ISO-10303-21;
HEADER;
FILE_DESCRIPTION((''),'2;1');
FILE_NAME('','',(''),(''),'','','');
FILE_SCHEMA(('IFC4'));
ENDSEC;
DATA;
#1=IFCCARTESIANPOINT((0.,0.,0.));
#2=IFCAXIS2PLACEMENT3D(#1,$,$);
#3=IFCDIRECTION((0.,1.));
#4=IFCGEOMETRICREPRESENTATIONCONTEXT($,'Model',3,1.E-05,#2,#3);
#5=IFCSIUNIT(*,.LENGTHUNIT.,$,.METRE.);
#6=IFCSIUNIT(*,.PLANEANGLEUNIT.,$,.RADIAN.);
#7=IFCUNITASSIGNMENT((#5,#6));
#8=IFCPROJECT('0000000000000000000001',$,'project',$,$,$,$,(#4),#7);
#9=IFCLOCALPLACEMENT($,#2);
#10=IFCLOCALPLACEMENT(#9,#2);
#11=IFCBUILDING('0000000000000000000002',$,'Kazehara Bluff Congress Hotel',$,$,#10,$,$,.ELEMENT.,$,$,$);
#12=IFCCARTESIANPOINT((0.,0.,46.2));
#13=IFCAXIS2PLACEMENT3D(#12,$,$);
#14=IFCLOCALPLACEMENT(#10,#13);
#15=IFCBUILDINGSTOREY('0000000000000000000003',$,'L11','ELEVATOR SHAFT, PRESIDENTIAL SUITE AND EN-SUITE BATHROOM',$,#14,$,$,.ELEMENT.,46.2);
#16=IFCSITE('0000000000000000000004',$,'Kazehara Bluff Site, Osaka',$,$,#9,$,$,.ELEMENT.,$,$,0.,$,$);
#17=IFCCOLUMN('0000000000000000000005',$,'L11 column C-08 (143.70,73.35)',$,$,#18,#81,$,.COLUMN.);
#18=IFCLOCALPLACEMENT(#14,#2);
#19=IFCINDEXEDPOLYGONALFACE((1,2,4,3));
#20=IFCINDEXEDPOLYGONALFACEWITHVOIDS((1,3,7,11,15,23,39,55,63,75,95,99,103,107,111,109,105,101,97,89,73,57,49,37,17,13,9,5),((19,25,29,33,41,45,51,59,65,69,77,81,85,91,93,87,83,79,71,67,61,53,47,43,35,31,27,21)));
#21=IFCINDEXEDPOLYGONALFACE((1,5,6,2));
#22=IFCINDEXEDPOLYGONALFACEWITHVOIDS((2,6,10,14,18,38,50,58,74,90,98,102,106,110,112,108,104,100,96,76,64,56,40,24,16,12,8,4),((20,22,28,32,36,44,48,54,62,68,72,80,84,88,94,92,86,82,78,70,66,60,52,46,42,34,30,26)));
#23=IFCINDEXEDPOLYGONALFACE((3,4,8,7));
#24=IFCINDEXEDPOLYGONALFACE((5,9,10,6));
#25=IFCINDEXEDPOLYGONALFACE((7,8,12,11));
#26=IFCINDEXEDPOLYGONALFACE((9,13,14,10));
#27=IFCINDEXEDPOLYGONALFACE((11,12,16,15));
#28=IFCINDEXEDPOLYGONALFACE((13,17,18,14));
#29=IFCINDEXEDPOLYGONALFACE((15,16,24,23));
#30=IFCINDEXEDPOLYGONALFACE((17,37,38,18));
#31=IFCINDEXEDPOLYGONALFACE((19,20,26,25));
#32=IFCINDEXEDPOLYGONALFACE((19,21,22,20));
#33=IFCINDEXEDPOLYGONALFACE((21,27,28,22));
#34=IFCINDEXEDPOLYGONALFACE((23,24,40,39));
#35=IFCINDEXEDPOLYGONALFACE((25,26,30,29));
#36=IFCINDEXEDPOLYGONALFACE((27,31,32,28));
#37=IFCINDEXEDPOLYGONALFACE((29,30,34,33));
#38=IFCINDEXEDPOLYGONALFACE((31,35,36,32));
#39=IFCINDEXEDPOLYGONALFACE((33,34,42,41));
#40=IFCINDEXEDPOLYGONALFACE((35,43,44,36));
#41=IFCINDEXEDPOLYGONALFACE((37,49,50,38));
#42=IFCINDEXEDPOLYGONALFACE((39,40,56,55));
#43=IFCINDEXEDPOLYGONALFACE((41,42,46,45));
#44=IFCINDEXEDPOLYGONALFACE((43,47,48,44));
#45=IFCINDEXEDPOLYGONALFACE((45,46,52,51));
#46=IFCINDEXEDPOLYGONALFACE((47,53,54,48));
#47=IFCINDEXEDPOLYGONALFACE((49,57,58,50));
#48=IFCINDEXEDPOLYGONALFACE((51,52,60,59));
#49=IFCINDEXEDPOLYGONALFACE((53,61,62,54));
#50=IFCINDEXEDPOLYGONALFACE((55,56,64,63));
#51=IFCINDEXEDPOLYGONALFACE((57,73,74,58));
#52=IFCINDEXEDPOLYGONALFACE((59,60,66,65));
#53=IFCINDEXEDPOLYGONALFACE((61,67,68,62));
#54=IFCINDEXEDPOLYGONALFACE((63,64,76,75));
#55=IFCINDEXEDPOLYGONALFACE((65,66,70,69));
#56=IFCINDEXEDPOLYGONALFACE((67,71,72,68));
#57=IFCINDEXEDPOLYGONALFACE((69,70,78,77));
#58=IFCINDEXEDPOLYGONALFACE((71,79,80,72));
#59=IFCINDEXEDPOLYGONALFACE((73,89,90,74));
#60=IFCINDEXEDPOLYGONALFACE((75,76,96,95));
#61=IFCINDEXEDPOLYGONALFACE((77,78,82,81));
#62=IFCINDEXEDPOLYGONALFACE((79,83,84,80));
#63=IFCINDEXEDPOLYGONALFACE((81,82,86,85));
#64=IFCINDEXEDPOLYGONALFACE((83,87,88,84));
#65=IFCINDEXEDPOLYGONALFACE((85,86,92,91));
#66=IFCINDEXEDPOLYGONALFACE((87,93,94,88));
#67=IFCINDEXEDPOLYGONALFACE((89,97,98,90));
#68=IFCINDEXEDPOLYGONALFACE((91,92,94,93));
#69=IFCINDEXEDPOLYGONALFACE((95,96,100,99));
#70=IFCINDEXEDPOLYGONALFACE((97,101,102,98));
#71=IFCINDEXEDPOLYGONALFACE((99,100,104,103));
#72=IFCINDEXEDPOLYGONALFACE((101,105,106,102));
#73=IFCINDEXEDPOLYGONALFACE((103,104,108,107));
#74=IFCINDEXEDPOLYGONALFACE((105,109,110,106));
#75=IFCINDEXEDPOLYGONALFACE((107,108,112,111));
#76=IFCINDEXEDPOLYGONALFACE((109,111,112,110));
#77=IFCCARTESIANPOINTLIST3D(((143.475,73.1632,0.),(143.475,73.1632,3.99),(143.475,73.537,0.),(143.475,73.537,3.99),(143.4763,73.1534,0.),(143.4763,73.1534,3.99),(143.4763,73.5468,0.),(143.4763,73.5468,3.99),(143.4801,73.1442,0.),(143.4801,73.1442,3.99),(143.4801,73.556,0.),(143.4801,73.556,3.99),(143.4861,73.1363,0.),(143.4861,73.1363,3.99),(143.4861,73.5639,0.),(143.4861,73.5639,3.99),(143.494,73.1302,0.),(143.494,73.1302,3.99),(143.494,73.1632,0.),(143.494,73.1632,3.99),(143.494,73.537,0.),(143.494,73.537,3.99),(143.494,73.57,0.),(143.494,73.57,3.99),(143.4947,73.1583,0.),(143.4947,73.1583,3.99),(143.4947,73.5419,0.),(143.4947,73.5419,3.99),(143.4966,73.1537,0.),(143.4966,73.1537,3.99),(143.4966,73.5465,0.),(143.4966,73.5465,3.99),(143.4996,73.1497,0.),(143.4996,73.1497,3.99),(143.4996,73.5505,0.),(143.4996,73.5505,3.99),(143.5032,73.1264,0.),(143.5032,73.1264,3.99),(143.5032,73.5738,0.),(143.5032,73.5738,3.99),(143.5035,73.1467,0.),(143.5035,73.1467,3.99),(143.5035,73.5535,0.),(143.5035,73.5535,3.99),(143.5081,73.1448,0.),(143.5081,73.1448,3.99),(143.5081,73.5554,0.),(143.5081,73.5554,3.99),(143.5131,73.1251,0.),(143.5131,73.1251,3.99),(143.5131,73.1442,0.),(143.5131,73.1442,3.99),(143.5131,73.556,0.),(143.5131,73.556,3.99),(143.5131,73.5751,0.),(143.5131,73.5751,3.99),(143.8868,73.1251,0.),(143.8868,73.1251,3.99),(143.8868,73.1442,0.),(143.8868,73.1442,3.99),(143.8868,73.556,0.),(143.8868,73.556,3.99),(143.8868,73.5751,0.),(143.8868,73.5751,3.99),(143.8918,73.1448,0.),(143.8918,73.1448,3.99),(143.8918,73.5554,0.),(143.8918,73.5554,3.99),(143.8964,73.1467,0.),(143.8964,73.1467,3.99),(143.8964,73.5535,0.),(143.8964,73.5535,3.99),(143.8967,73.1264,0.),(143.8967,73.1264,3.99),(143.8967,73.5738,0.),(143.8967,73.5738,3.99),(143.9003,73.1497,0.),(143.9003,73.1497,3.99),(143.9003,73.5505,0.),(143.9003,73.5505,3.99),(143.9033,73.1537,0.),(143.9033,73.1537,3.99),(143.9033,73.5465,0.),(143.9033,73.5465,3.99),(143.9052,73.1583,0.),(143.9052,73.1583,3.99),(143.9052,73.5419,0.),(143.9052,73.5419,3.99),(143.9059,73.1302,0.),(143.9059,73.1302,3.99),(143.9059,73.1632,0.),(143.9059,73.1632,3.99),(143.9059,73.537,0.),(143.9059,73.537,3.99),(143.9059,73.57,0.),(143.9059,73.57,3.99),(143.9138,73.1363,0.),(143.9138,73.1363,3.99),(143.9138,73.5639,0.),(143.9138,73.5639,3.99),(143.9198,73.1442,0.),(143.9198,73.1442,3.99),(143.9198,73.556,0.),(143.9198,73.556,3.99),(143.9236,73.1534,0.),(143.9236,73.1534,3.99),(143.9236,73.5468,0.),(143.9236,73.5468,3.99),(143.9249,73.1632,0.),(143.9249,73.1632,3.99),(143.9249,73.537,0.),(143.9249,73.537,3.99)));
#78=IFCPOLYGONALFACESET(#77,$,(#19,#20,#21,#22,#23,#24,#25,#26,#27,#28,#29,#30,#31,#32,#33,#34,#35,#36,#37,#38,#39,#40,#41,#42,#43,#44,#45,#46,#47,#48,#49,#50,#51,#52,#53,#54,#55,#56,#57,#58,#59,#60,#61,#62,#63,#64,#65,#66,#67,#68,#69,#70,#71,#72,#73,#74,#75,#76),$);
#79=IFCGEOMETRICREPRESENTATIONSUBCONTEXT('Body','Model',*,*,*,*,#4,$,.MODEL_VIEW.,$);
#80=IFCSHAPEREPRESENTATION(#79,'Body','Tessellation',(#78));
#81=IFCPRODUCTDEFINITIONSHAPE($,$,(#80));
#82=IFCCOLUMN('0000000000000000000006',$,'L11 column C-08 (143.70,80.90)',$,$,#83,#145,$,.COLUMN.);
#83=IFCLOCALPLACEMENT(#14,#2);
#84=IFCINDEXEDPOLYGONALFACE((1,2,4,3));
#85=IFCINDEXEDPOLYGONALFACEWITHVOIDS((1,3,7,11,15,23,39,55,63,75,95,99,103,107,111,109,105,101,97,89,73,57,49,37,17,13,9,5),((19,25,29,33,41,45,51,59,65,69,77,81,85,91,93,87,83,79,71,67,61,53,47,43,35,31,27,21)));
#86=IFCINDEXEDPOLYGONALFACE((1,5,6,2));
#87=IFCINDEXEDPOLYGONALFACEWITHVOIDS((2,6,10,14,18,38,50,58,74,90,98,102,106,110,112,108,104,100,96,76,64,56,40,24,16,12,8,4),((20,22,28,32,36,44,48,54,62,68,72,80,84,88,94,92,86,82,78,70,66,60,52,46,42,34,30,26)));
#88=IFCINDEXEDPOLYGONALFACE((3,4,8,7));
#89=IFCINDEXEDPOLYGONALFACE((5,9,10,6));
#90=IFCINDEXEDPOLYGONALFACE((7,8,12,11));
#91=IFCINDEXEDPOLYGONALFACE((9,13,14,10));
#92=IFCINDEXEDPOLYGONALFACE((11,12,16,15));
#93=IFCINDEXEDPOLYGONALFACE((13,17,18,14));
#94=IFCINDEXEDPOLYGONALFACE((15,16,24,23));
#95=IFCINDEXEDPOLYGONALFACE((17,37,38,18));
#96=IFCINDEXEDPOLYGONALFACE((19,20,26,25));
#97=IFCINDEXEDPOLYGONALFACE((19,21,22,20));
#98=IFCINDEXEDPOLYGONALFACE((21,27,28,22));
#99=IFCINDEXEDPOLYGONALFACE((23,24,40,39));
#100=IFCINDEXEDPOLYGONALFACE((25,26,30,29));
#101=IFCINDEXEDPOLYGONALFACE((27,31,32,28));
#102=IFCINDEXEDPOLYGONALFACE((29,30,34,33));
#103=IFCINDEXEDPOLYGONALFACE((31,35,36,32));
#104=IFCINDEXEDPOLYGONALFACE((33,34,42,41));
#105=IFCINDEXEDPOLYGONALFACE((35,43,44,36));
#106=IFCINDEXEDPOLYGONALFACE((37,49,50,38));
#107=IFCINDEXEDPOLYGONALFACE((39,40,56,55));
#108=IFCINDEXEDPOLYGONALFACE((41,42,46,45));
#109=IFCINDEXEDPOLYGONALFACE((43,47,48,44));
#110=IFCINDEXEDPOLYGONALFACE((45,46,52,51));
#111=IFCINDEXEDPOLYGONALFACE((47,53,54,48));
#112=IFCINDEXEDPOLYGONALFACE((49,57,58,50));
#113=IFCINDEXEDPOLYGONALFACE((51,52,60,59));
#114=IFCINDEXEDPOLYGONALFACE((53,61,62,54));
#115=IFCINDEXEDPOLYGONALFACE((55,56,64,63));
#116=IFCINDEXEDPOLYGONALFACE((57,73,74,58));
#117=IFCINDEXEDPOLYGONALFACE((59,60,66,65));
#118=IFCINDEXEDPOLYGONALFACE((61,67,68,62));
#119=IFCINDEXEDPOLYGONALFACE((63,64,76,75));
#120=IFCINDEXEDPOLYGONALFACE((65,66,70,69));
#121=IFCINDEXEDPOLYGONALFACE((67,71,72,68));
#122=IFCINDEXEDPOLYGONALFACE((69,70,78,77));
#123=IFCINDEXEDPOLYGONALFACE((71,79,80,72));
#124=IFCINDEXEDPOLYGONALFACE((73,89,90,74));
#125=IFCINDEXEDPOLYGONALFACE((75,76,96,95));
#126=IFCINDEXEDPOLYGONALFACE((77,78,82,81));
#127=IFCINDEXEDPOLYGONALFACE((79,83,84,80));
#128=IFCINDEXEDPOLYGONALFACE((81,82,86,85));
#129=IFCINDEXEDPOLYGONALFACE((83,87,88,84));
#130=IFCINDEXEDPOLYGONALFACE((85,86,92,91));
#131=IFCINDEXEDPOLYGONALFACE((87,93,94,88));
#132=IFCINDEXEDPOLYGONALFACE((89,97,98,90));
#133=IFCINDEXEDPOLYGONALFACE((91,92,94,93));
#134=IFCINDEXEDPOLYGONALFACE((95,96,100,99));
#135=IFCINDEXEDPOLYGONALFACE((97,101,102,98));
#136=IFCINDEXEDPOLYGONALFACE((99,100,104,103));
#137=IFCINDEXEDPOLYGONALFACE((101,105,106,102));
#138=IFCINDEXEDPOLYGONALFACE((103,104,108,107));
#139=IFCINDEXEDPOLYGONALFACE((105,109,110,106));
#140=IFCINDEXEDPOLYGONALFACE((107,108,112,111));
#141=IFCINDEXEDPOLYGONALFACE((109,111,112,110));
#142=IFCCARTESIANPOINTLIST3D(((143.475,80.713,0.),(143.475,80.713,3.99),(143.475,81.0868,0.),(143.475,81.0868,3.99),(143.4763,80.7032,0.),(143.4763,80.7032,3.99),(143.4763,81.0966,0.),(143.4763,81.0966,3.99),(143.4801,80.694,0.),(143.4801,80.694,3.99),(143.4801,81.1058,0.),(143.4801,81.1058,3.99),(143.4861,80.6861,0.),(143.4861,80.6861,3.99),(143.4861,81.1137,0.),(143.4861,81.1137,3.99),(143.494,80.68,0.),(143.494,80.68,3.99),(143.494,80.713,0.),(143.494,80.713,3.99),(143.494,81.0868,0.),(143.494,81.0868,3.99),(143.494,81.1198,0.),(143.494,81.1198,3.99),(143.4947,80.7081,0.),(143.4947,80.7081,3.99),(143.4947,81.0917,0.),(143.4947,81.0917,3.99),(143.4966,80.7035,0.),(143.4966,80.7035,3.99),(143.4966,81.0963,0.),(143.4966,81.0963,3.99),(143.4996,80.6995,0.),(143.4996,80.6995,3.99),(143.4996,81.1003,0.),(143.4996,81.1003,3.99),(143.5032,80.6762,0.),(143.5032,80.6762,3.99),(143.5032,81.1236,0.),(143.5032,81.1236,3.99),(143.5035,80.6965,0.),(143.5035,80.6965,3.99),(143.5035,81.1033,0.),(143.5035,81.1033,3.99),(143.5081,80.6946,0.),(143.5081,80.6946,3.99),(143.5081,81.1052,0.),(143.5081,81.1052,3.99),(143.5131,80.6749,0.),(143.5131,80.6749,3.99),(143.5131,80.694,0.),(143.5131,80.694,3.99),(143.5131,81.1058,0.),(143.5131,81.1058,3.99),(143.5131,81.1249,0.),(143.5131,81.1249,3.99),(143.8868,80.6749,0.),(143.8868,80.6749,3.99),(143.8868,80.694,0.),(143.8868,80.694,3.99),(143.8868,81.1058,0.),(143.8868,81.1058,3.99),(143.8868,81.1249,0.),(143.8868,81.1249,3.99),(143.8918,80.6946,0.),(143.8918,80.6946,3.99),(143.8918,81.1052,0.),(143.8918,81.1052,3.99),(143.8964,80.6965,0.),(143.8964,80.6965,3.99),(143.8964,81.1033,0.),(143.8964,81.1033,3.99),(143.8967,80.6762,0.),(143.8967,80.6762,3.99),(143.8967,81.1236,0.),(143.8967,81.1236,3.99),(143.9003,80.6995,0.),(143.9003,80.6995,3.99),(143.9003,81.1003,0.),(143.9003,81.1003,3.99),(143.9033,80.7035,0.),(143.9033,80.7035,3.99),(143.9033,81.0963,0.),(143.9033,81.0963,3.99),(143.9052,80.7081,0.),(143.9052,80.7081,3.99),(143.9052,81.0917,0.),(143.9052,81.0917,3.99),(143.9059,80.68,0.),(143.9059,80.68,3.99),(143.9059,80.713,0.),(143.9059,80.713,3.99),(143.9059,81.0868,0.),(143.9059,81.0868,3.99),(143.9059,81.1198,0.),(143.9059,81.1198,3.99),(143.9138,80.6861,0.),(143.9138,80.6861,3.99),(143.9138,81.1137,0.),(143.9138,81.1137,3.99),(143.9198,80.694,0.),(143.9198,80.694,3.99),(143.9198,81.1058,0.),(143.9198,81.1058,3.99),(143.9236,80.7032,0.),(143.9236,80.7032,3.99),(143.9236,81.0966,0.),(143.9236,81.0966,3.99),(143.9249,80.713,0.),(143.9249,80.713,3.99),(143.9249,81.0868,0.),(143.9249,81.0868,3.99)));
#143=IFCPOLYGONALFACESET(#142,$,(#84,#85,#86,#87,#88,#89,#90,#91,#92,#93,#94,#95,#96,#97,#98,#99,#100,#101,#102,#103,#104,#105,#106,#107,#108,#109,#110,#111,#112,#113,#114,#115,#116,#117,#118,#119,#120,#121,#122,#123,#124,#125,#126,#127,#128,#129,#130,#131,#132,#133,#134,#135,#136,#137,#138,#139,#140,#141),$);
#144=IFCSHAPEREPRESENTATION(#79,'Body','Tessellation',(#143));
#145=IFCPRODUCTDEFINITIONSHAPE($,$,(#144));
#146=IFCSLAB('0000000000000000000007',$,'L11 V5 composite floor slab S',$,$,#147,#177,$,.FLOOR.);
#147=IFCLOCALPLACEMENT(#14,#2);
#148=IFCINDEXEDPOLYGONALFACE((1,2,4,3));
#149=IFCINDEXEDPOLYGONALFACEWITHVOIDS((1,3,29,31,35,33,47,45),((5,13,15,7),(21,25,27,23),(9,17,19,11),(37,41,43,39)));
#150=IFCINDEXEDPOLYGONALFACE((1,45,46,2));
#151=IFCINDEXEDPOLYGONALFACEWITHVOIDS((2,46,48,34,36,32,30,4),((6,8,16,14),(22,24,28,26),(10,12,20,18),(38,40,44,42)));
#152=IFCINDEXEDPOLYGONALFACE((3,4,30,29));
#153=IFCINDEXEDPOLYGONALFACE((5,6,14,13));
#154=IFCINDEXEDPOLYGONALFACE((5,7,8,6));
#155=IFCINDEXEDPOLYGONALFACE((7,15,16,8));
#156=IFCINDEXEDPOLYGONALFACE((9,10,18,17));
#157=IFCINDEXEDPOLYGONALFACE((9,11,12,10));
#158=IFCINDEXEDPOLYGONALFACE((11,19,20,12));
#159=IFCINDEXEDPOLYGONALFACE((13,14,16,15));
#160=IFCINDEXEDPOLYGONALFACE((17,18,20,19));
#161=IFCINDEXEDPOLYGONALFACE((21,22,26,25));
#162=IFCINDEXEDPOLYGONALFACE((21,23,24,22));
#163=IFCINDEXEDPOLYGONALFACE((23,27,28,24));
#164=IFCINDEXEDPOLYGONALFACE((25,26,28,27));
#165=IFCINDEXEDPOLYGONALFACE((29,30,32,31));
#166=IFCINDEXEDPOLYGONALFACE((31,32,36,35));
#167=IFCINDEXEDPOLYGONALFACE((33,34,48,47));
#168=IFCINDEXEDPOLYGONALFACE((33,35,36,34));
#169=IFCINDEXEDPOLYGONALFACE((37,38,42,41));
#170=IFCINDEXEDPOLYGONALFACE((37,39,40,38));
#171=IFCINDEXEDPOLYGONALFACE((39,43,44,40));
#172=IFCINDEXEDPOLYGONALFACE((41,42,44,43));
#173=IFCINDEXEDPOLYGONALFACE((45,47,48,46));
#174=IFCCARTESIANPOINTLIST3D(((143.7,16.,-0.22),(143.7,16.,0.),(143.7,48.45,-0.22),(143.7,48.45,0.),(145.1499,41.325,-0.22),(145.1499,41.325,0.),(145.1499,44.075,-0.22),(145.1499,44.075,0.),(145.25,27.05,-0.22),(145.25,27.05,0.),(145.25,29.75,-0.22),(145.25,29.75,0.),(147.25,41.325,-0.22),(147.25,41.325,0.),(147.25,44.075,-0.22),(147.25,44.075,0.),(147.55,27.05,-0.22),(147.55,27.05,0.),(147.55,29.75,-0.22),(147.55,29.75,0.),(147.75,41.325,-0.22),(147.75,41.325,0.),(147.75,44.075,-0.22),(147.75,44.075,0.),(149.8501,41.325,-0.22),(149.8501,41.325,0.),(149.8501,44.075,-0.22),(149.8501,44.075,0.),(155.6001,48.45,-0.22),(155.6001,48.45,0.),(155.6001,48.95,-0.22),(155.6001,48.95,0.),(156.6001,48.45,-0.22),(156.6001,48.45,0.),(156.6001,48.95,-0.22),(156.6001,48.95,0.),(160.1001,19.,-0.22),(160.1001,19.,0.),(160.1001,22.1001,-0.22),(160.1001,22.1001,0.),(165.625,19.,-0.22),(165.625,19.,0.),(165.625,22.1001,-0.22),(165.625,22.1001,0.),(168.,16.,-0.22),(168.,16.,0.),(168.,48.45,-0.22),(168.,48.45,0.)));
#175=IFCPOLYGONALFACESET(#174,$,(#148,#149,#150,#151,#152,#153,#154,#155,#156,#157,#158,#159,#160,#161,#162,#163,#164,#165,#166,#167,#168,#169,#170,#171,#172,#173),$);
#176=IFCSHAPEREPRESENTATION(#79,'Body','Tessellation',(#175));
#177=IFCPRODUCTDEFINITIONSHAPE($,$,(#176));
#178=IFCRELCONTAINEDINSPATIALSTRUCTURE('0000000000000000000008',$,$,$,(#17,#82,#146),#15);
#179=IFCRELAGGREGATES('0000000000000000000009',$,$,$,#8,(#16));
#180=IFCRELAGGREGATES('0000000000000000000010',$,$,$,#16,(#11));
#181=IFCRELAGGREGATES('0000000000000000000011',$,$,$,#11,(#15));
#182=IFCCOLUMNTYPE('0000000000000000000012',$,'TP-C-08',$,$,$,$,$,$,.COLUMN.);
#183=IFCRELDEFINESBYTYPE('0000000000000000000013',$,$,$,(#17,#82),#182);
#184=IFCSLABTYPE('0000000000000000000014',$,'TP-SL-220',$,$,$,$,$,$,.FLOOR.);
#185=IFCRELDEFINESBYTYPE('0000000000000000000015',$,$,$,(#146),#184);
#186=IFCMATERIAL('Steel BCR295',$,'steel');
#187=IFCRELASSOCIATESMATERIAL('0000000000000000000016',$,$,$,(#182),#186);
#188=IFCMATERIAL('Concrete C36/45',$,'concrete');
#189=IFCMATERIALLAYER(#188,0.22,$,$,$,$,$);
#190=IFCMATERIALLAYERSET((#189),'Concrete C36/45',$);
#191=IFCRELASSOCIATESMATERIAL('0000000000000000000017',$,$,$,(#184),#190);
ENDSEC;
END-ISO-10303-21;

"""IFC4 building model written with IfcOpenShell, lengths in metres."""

from ifc_helpers import new_model, si_unit, direction, frame, origin, origin_2d, place, context, subcontext, project, spatial, polyline, hollow_rectangle, outline, extrude, material, layer, layer_set, material_profile, profile_set, type_object, element, save


model = new_model("IFC4")

# Units and contexts
model_context = context("Model", 3, precision=1e-05, world=origin(), true_north=direction((0.0, 1.0)))
body_context = subcontext(model_context, "Body", "Model", "MODEL_VIEW")
ifc_project = project(units=[si_unit("LENGTHUNIT", "METRE"), si_unit("PLANEANGLEUNIT", "RADIAN")], contexts=[model_context])

# Site, building, storey
site_placement = place(None, origin())
site = spatial("IfcSite", under=ifc_project, at=site_placement, Name="Kazehara Bluff Site, Osaka", CompositionType="ELEMENT", RefElevation=0.0)
building_placement = place(site_placement, origin())
building = spatial("IfcBuilding", under=site, at=building_placement, Name="Kazehara Bluff Congress Hotel", CompositionType="ELEMENT")
storey_placement = place(building_placement, frame((0.0, 0.0, 46.2)))
storey = spatial("IfcBuildingStorey", under=building, at=storey_placement, Name="L11", Description="ELEVATOR SHAFT, PRESIDENTIAL SUITE AND EN-SUITE BATHROOM", CompositionType="ELEMENT", Elevation=46.2)

# Columns
ifc_material_1 = material(Name="Steel BCR295", Category="steel")
ifc_material_profile = material_profile(ifc_material_1, hollow_rectangle(XDim=0.45, YDim=0.45, WallThickness=0.019, InnerFilletRadius=0.019, OuterFilletRadius=0.0381, at=origin_2d()))
ifc_profile_set = profile_set([ifc_material_profile], Name="Steel BCR295")
column_type = type_object("IfcColumnType", Name="TP-C-08", PredefinedType="COLUMN", material=ifc_profile_set)
for number, where, z_axis, x_axis, name in (
    (1, (143.7, 73.3501, 0.0), (0.0, 0.0, 1.0), (1.0, 0.0, 0.0), "L11 column C-08 (143.70,73.35)"),
    (2, (143.7, 80.8999, 0.0), (0.0, 0.0, 1.0), (1.0, 0.0, 0.0), "L11 column C-08 (143.70,80.90)"),
):
    element("IfcColumn", number, at=place(storey_placement, frame(where, z_axis=z_axis, x_axis=x_axis)), inside=storey, type_object=column_type, Name=name, PredefinedType="COLUMN", context=body_context, shape_type="SweptSolid", body=[
        extrude(hollow_rectangle(XDim=0.45, YDim=0.45, WallThickness=0.019, InnerFilletRadius=0.019, OuterFilletRadius=0.0381, at=origin_2d()), origin(), (0.0, 0.0, 1.0), 3.99),
    ])

# Slab
ifc_material_2 = material(Name="Concrete C36/45", Category="concrete")
ifc_layer_1 = layer(ifc_material_2, 0.22)
ifc_layer_set_1 = layer_set([ifc_layer_1], Name="Concrete C36/45")
slab_type = type_object("IfcSlabType", Name="TP-SL-220", PredefinedType="FLOOR", material=ifc_layer_set_1)
slab_1_placement = place(storey_placement, frame((0.0, 0.0, -0.22)))
element("IfcSlab", 3, at=slab_1_placement, inside=storey, type_object=slab_type, Name="L11 V5 composite floor slab S", PredefinedType="FLOOR", context=body_context, shape_type="SweptSolid", body=[
    extrude(outline(polyline([(143.7, 16.0), (143.7, 48.45), (155.6001, 48.45), (155.6001, 48.95), (156.6001, 48.95), (156.6001, 48.45), (168.0, 48.45), (168.0, 16.0), (143.7, 16.0)]), holes=[polyline([(165.625, 22.1001), (160.1001, 22.1001), (160.1001, 19.0), (165.625, 19.0), (165.625, 22.1001)]), polyline([(145.1499, 41.325), (147.25, 41.325), (147.25, 44.075), (145.1499, 44.075), (145.1499, 41.325)]), polyline([(147.75, 41.325), (149.8501, 41.325), (149.8501, 44.075), (147.75, 44.075), (147.75, 41.325)]), polyline([(145.25, 27.05), (147.55, 27.05), (147.55, 29.75), (145.25, 29.75), (145.25, 27.05)])]), origin(), (0.0, 0.0, 1.0), 0.22),
])

save(model, "model.ifc")
